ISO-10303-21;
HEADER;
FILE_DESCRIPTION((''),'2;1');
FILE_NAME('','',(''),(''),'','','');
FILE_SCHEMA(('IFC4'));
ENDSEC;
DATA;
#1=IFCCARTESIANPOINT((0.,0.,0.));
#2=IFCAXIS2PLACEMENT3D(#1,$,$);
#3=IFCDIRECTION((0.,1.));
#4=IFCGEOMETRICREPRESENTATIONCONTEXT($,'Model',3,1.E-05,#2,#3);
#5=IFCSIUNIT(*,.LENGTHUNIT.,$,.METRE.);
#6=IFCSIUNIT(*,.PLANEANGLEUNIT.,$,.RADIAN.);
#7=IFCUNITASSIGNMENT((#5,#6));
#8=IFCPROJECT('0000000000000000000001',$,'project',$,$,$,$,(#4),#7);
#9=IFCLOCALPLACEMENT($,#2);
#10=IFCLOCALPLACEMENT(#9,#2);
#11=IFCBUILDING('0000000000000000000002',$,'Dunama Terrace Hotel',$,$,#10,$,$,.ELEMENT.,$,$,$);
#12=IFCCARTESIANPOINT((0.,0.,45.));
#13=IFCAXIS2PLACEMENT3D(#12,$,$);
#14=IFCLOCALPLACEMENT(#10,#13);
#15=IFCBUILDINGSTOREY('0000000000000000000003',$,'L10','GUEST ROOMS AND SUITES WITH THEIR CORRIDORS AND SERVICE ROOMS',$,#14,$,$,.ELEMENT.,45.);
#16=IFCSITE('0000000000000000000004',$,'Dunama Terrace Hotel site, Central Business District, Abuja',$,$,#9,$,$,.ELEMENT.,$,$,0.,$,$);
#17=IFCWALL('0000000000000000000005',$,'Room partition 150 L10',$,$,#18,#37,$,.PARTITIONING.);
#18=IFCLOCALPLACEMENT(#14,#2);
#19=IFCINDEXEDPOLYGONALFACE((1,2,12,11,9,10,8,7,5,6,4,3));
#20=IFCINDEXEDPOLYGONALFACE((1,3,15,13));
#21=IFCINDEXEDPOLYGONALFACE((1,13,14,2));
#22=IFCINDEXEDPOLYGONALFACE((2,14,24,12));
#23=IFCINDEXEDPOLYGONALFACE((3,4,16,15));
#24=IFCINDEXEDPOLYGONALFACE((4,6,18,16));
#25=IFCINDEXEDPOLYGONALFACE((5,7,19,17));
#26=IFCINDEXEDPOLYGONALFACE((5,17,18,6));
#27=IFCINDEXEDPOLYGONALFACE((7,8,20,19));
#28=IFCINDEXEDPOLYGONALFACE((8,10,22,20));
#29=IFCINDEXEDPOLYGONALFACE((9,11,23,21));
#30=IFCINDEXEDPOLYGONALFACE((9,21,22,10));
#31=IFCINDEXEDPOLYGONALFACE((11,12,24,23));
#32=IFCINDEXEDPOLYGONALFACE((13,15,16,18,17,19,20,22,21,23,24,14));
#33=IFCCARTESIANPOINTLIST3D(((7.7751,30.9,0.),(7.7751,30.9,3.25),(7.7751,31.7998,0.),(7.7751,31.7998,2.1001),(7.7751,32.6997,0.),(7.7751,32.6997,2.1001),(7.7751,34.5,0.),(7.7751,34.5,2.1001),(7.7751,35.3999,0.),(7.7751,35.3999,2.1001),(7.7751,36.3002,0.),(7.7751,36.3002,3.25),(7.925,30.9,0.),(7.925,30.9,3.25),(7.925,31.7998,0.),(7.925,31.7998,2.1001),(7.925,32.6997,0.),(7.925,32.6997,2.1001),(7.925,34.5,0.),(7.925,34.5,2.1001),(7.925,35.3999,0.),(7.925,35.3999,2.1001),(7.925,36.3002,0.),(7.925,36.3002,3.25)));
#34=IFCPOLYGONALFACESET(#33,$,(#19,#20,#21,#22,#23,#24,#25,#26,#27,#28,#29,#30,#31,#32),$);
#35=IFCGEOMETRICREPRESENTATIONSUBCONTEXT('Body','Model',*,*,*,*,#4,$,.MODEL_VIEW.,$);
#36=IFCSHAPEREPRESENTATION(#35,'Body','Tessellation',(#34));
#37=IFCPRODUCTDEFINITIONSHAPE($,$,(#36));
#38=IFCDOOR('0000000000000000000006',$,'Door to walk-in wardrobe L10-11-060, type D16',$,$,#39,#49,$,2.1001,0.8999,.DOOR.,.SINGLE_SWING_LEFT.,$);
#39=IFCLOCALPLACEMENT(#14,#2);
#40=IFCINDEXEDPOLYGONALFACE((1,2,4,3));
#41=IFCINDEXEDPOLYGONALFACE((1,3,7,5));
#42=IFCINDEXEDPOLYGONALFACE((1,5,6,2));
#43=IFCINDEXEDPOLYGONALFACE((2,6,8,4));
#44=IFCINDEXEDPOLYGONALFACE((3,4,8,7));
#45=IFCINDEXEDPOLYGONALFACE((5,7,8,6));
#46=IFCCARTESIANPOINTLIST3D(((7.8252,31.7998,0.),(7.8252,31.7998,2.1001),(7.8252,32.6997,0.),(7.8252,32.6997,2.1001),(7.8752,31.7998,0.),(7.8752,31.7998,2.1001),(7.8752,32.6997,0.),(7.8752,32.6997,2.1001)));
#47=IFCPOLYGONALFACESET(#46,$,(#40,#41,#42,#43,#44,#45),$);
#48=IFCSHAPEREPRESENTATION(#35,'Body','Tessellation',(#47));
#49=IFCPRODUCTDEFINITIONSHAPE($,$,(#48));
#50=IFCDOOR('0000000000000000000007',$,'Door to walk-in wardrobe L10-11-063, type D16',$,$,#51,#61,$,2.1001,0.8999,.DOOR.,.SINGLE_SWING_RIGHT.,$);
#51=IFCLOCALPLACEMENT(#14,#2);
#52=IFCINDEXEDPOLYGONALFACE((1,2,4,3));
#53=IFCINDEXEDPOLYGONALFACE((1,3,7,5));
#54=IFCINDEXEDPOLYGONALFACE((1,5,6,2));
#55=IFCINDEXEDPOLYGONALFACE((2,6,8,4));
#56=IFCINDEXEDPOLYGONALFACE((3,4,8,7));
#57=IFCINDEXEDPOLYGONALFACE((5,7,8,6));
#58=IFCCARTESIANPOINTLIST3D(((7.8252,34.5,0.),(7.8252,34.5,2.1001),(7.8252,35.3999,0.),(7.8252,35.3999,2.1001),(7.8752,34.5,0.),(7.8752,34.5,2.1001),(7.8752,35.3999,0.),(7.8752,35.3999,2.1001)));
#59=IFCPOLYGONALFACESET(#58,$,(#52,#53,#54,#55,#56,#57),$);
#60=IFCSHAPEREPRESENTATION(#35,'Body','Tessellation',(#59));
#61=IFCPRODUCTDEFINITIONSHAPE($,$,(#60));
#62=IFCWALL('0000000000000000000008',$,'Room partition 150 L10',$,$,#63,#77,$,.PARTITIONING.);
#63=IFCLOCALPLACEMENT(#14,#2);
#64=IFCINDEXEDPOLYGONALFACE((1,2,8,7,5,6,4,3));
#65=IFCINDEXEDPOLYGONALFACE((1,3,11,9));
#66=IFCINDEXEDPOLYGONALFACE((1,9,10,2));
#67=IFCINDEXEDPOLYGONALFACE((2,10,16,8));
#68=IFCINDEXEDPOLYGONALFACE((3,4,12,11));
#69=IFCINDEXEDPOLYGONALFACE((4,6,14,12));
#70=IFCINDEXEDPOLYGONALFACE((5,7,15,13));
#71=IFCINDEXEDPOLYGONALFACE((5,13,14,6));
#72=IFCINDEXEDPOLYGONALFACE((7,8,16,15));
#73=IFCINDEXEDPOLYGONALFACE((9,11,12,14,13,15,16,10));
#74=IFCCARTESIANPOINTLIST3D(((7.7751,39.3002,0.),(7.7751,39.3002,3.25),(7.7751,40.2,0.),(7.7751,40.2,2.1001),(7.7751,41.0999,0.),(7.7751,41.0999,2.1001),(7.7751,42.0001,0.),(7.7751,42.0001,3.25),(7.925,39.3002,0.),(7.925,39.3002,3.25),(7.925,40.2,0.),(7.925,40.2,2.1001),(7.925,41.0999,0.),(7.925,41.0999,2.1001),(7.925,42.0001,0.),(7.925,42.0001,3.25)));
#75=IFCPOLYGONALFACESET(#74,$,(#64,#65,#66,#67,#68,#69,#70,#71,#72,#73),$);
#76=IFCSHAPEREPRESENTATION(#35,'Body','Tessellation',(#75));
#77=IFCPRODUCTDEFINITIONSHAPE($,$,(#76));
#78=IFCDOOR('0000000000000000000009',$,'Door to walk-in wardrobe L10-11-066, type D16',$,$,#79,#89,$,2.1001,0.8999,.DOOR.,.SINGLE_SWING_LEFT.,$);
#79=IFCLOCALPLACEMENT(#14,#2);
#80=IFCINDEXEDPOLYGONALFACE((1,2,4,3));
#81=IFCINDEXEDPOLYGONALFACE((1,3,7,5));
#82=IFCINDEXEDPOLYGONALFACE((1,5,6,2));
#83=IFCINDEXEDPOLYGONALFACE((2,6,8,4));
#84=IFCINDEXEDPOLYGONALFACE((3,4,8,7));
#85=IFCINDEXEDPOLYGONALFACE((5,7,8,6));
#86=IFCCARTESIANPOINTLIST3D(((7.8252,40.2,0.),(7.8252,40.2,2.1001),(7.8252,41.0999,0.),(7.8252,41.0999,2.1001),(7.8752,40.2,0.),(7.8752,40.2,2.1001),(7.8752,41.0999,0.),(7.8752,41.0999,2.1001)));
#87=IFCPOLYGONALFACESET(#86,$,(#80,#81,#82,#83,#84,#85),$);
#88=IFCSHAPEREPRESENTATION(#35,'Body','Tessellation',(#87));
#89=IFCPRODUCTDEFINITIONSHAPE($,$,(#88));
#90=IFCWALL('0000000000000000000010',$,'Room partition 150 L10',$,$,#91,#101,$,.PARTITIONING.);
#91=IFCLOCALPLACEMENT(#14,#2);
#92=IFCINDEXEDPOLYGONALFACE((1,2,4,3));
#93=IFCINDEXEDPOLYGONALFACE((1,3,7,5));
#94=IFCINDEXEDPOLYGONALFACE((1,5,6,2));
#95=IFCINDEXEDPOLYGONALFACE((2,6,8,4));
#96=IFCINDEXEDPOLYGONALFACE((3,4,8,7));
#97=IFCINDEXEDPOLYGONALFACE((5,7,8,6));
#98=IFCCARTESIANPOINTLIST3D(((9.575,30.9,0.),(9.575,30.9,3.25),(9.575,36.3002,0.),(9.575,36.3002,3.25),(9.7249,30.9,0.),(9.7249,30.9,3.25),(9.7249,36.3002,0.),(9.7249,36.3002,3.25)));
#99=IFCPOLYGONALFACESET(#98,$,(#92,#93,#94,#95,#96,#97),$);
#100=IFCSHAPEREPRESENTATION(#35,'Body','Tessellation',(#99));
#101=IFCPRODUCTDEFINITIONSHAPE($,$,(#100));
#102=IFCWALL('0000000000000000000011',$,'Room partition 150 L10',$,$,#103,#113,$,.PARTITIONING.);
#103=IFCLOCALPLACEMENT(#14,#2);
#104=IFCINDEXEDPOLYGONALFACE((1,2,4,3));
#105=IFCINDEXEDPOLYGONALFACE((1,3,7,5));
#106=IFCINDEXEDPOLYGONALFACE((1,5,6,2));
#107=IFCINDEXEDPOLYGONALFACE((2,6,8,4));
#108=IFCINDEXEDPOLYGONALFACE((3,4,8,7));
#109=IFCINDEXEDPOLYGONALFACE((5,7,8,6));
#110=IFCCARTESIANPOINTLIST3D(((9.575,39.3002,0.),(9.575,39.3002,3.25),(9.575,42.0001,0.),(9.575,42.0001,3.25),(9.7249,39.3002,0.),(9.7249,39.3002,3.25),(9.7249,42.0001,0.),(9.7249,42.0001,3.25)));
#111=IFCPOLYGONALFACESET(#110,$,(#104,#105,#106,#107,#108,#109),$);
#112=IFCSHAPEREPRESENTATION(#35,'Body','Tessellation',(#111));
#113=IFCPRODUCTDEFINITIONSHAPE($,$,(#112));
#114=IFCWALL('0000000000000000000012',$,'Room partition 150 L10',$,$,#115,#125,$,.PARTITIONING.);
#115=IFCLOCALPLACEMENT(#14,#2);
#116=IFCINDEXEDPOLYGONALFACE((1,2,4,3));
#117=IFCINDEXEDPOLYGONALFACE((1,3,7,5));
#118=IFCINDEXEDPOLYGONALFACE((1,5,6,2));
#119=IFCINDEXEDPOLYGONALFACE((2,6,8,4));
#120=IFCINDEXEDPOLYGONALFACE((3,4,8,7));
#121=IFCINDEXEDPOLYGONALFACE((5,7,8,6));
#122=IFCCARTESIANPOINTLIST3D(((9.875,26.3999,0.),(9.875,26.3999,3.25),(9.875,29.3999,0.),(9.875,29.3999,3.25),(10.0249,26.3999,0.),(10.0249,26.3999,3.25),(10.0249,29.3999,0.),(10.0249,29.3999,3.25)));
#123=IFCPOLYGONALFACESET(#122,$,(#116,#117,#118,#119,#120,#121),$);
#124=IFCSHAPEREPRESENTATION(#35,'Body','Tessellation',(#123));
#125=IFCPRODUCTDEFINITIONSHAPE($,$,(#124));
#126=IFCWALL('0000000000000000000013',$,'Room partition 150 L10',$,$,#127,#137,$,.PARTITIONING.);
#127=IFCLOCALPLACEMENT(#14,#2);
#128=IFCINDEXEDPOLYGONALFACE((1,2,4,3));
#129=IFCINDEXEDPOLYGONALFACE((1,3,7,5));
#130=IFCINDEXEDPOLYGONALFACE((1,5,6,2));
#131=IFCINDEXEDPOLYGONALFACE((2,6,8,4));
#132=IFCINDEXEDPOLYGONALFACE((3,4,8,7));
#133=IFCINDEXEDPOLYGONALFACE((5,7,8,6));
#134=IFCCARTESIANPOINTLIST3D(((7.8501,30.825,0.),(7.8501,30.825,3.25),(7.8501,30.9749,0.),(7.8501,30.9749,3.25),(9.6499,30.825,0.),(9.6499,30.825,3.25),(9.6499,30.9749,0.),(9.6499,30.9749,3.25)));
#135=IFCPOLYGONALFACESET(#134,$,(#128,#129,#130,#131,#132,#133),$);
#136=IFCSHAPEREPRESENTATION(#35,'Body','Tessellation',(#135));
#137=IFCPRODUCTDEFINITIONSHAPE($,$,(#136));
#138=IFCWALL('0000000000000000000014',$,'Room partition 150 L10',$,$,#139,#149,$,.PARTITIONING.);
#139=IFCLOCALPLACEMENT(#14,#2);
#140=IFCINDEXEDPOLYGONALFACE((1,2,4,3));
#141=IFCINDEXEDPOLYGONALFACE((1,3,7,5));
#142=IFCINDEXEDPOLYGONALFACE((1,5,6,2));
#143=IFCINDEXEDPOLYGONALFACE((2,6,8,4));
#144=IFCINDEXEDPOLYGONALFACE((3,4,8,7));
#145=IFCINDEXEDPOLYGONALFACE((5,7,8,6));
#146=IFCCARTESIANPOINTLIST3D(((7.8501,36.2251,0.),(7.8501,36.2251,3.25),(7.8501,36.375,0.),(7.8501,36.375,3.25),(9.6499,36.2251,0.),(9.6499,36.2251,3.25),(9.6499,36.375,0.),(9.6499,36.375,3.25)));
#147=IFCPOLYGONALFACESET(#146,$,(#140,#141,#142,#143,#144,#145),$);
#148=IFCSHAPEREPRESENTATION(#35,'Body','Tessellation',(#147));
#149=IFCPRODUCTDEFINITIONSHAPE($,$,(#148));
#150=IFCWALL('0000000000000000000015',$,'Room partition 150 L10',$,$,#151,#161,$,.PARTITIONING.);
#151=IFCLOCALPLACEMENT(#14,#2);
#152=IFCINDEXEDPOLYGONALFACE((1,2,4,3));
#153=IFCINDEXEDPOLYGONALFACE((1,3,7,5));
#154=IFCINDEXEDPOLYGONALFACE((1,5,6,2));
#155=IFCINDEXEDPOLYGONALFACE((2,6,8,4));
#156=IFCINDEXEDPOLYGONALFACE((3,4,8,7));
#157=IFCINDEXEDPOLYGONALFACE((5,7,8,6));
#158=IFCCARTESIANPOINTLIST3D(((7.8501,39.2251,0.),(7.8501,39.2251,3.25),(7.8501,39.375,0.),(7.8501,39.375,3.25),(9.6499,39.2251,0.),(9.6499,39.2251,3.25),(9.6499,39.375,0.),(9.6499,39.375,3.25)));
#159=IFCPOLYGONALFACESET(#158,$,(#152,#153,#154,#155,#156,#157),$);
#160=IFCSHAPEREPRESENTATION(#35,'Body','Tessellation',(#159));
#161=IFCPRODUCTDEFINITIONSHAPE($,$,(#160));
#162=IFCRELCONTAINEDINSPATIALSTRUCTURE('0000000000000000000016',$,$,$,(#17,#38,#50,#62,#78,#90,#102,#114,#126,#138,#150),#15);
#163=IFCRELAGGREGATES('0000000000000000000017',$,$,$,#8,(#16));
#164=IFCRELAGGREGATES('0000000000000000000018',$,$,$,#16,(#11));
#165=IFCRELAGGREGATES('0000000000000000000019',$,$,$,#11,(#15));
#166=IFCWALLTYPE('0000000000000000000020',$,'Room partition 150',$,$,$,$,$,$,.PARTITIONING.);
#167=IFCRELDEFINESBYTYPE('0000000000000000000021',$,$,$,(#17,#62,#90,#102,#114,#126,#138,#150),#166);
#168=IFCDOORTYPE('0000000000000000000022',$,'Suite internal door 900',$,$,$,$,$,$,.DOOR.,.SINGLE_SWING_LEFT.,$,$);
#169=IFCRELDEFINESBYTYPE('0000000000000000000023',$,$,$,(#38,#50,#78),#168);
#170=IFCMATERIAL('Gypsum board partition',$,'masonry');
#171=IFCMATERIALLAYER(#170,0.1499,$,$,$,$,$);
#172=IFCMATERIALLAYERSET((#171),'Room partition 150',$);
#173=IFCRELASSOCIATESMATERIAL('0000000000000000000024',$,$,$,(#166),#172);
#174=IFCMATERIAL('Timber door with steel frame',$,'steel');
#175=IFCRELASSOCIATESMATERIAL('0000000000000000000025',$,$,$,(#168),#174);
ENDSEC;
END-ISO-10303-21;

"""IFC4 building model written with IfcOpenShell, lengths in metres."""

from ifc_helpers import new_model, si_unit, direction, frame, frame_2d, origin, place, context, subcontext, project, spatial, rectangle, extrude, material, layer, layer_set, type_object, element, fill, save


model = new_model("IFC4")

# Units and contexts
model_context = context("Model", 3, precision=1e-05, world=origin(), true_north=direction((0.0, 1.0)))
body_context = subcontext(model_context, "Body", "Model", "MODEL_VIEW")
ifc_project = project(units=[si_unit("LENGTHUNIT", "METRE"), si_unit("PLANEANGLEUNIT", "RADIAN")], contexts=[model_context])

# Site, building, storey
site_placement = place(None, origin())
site = spatial("IfcSite", under=ifc_project, at=site_placement, Name="Dunama Terrace Hotel site, Central Business District, Abuja", CompositionType="ELEMENT", RefElevation=0.0)
building_placement = place(site_placement, origin())
building = spatial("IfcBuilding", under=site, at=building_placement, Name="Dunama Terrace Hotel", CompositionType="ELEMENT")
storey_placement = place(building_placement, frame((0.0, 0.0, 45.0)))
storey = spatial("IfcBuildingStorey", under=building, at=storey_placement, Name="L10", Description="GUEST ROOMS AND SUITES WITH THEIR CORRIDORS AND SERVICE ROOMS", CompositionType="ELEMENT", Elevation=45.0)

# Wall, openings, doors
ifc_material_1 = material(Name="Gypsum board partition", Category="masonry")
ifc_layer_1 = layer(ifc_material_1, 0.1499)
ifc_layer_set_1 = layer_set([ifc_layer_1], Name="Room partition 150")
wall_type_1 = type_object("IfcWallType", Name="Room partition 150", PredefinedType="PARTITIONING", material=ifc_layer_set_1)
wall_1_placement = place(storey_placement, frame((7.8501, 30.8999, 0.0), z_axis=(0.0, 0.0, 1.0), x_axis=(0.0, 1.0, 0.0)))
wall_1 = element("IfcWall", 1, at=wall_1_placement, inside=storey, type_object=wall_type_1, Name="Room partition 150 L10", PredefinedType="PARTITIONING", context=body_context, shape_type="SweptSolid", body=[
    extrude(rectangle(XDim=5.4001, YDim=0.1499, at=frame_2d((2.7002, 0.0))), origin(), (0.0, 0.0, 1.0), 3.25),
])
opening_1_placement = place(wall_1_placement, frame((0.8999, 0.0, 0.0)))
opening_1 = element("IfcOpeningElement", 2, at=opening_1_placement, cuts=wall_1, PredefinedType="OPENING", context=body_context, shape_type="SweptSolid", body=[
    extrude(rectangle(XDim=0.8999, YDim=2.1001, at=frame_2d((0.45, 1.05))), frame((0.0, 0.085, 0.0), z_axis=(0.0, -1.0, 0.0), x_axis=(1.0, 0.0, 0.0)), (0.0, 0.0, 1.0), 0.1699),
])
opening_2_placement = place(wall_1_placement, frame((3.6001, 0.0, 0.0)))
opening_2 = element("IfcOpeningElement", 3, at=opening_2_placement, cuts=wall_1, PredefinedType="OPENING", context=body_context, shape_type="SweptSolid", body=[
    extrude(rectangle(XDim=0.8999, YDim=2.1001, at=frame_2d((0.45, 1.05))), frame((0.0, 0.085, 0.0), z_axis=(0.0, -1.0, 0.0), x_axis=(1.0, 0.0, 0.0)), (0.0, 0.0, 1.0), 0.1699),
])
ifc_material_2 = material(Name="Timber door with steel frame", Category="steel")
door_type_1 = type_object("IfcDoorType", Name="Suite internal door 900", OperationType="SINGLE_SWING_LEFT", PredefinedType="DOOR", material=ifc_material_2)
door_1_placement = place(opening_1_placement, frame((0.8999, 0.0, 0.0), z_axis=(0.0, 0.0, 1.0), x_axis=(-1.0, 0.0, 0.0)))
door_1 = element("IfcDoor", 4, at=door_1_placement, inside=storey, type_object=door_type_1, Name="Door to walk-in wardrobe L10-11-060, type D16", OperationType="SINGLE_SWING_LEFT", OverallHeight=2.1001, OverallWidth=0.8999, PredefinedType="DOOR", context=body_context, shape_type="SweptSolid", body=[
    extrude(rectangle(XDim=0.8999, YDim=2.1001, at=frame_2d((0.45, 1.05))), frame((0.0, 0.0251, 0.0), z_axis=(0.0, -1.0, 0.0), x_axis=(1.0, 0.0, 0.0)), (0.0, 0.0, 1.0), 0.05),
])
fill(opening_1, door_1)
door_2_placement = place(opening_2_placement, frame((0.8999, 0.0, 0.0), z_axis=(0.0, 0.0, 1.0), x_axis=(-1.0, 0.0, 0.0)))
door_2 = element("IfcDoor", 5, at=door_2_placement, inside=storey, type_object=door_type_1, Name="Door to walk-in wardrobe L10-11-063, type D16", OperationType="SINGLE_SWING_RIGHT", OverallHeight=2.1001, OverallWidth=0.8999, PredefinedType="DOOR", context=body_context, shape_type="SweptSolid", body=[
    extrude(rectangle(XDim=0.8999, YDim=2.1001, at=frame_2d((0.45, 1.05))), frame((0.0, 0.0251, 0.0), z_axis=(0.0, -1.0, 0.0), x_axis=(1.0, 0.0, 0.0)), (0.0, 0.0, 1.0), 0.05),
])
fill(opening_2, door_2)

# Wall, opening, door
wall_2_placement = place(storey_placement, frame((7.8501, 39.3, 0.0), z_axis=(0.0, 0.0, 1.0), x_axis=(0.0, 1.0, 0.0)))
wall_2 = element("IfcWall", 6, at=wall_2_placement, inside=storey, type_object=wall_type_1, Name="Room partition 150 L10", PredefinedType="PARTITIONING", context=body_context, shape_type="SweptSolid", body=[
    extrude(rectangle(XDim=2.7, YDim=0.1499, at=frame_2d((1.3501, 0.0))), origin(), (0.0, 0.0, 1.0), 3.25),
])
opening_3_placement = place(wall_2_placement, frame((0.8999, 0.0, 0.0)))
opening_3 = element("IfcOpeningElement", 7, at=opening_3_placement, cuts=wall_2, PredefinedType="OPENING", context=body_context, shape_type="SweptSolid", body=[
    extrude(rectangle(XDim=0.8999, YDim=2.1001, at=frame_2d((0.45, 1.05))), frame((0.0, 0.085, 0.0), z_axis=(0.0, -1.0, 0.0), x_axis=(1.0, 0.0, 0.0)), (0.0, 0.0, 1.0), 0.1699),
])
door_3_placement = place(opening_3_placement, frame((0.8999, 0.0, 0.0), z_axis=(0.0, 0.0, 1.0), x_axis=(-1.0, 0.0, 0.0)))
door_3 = element("IfcDoor", 8, at=door_3_placement, inside=storey, type_object=door_type_1, Name="Door to walk-in wardrobe L10-11-066, type D16", OperationType="SINGLE_SWING_LEFT", OverallHeight=2.1001, OverallWidth=0.8999, PredefinedType="DOOR", context=body_context, shape_type="SweptSolid", body=[
    extrude(rectangle(XDim=0.8999, YDim=2.1001, at=frame_2d((0.45, 1.05))), frame((0.0, 0.0251, 0.0), z_axis=(0.0, -1.0, 0.0), x_axis=(1.0, 0.0, 0.0)), (0.0, 0.0, 1.0), 0.05),
])
fill(opening_3, door_3)

# Walls
wall_3_placement = place(storey_placement, frame((9.6499, 30.8999, 0.0), z_axis=(0.0, 0.0, 1.0), x_axis=(0.0, 1.0, 0.0)))
element("IfcWall", 9, at=wall_3_placement, inside=storey, type_object=wall_type_1, Name="Room partition 150 L10", PredefinedType="PARTITIONING", context=body_context, shape_type="SweptSolid", body=[
    extrude(rectangle(XDim=5.4001, YDim=0.1499, at=frame_2d((2.7002, 0.0))), origin(), (0.0, 0.0, 1.0), 3.25),
])
wall_4_placement = place(storey_placement, frame((9.6499, 39.3, 0.0), z_axis=(0.0, 0.0, 1.0), x_axis=(0.0, 1.0, 0.0)))
element("IfcWall", 10, at=wall_4_placement, inside=storey, type_object=wall_type_1, Name="Room partition 150 L10", PredefinedType="PARTITIONING", context=body_context, shape_type="SweptSolid", body=[
    extrude(rectangle(XDim=2.7, YDim=0.1499, at=frame_2d((1.3501, 0.0))), origin(), (0.0, 0.0, 1.0), 3.25),
])
wall_5_placement = place(storey_placement, frame((9.95, 26.3999, 0.0), z_axis=(0.0, 0.0, 1.0), x_axis=(0.0, 1.0, 0.0)))
element("IfcWall", 11, at=wall_5_placement, inside=storey, type_object=wall_type_1, Name="Room partition 150 L10", PredefinedType="PARTITIONING", context=body_context, shape_type="SweptSolid", body=[
    extrude(rectangle(XDim=3.0, YDim=0.1499, at=frame_2d((1.5, 0.0))), origin(), (0.0, 0.0, 1.0), 3.25),
])
for number, where, z_axis, x_axis, name in (
    (12, (7.8501, 30.8999, 0.0), (0.0, 0.0, 1.0), (1.0, 0.0, 0.0), "Room partition 150 L10"),
    (13, (7.8501, 36.3, 0.0), (0.0, 0.0, 1.0), (1.0, 0.0, 0.0), "Room partition 150 L10"),
    (14, (7.8501, 39.3, 0.0), (0.0, 0.0, 1.0), (1.0, 0.0, 0.0), "Room partition 150 L10"),
):
    element("IfcWall", number, at=place(storey_placement, frame(where, z_axis=z_axis, x_axis=x_axis)), inside=storey, type_object=wall_type_1, Name=name, PredefinedType="PARTITIONING", context=body_context, shape_type="SweptSolid", body=[
        extrude(rectangle(XDim=1.7998, YDim=0.1499, at=frame_2d((0.8999, 0.0))), origin(), (0.0, 0.0, 1.0), 3.25),
    ])

save(model, "model.ifc")
